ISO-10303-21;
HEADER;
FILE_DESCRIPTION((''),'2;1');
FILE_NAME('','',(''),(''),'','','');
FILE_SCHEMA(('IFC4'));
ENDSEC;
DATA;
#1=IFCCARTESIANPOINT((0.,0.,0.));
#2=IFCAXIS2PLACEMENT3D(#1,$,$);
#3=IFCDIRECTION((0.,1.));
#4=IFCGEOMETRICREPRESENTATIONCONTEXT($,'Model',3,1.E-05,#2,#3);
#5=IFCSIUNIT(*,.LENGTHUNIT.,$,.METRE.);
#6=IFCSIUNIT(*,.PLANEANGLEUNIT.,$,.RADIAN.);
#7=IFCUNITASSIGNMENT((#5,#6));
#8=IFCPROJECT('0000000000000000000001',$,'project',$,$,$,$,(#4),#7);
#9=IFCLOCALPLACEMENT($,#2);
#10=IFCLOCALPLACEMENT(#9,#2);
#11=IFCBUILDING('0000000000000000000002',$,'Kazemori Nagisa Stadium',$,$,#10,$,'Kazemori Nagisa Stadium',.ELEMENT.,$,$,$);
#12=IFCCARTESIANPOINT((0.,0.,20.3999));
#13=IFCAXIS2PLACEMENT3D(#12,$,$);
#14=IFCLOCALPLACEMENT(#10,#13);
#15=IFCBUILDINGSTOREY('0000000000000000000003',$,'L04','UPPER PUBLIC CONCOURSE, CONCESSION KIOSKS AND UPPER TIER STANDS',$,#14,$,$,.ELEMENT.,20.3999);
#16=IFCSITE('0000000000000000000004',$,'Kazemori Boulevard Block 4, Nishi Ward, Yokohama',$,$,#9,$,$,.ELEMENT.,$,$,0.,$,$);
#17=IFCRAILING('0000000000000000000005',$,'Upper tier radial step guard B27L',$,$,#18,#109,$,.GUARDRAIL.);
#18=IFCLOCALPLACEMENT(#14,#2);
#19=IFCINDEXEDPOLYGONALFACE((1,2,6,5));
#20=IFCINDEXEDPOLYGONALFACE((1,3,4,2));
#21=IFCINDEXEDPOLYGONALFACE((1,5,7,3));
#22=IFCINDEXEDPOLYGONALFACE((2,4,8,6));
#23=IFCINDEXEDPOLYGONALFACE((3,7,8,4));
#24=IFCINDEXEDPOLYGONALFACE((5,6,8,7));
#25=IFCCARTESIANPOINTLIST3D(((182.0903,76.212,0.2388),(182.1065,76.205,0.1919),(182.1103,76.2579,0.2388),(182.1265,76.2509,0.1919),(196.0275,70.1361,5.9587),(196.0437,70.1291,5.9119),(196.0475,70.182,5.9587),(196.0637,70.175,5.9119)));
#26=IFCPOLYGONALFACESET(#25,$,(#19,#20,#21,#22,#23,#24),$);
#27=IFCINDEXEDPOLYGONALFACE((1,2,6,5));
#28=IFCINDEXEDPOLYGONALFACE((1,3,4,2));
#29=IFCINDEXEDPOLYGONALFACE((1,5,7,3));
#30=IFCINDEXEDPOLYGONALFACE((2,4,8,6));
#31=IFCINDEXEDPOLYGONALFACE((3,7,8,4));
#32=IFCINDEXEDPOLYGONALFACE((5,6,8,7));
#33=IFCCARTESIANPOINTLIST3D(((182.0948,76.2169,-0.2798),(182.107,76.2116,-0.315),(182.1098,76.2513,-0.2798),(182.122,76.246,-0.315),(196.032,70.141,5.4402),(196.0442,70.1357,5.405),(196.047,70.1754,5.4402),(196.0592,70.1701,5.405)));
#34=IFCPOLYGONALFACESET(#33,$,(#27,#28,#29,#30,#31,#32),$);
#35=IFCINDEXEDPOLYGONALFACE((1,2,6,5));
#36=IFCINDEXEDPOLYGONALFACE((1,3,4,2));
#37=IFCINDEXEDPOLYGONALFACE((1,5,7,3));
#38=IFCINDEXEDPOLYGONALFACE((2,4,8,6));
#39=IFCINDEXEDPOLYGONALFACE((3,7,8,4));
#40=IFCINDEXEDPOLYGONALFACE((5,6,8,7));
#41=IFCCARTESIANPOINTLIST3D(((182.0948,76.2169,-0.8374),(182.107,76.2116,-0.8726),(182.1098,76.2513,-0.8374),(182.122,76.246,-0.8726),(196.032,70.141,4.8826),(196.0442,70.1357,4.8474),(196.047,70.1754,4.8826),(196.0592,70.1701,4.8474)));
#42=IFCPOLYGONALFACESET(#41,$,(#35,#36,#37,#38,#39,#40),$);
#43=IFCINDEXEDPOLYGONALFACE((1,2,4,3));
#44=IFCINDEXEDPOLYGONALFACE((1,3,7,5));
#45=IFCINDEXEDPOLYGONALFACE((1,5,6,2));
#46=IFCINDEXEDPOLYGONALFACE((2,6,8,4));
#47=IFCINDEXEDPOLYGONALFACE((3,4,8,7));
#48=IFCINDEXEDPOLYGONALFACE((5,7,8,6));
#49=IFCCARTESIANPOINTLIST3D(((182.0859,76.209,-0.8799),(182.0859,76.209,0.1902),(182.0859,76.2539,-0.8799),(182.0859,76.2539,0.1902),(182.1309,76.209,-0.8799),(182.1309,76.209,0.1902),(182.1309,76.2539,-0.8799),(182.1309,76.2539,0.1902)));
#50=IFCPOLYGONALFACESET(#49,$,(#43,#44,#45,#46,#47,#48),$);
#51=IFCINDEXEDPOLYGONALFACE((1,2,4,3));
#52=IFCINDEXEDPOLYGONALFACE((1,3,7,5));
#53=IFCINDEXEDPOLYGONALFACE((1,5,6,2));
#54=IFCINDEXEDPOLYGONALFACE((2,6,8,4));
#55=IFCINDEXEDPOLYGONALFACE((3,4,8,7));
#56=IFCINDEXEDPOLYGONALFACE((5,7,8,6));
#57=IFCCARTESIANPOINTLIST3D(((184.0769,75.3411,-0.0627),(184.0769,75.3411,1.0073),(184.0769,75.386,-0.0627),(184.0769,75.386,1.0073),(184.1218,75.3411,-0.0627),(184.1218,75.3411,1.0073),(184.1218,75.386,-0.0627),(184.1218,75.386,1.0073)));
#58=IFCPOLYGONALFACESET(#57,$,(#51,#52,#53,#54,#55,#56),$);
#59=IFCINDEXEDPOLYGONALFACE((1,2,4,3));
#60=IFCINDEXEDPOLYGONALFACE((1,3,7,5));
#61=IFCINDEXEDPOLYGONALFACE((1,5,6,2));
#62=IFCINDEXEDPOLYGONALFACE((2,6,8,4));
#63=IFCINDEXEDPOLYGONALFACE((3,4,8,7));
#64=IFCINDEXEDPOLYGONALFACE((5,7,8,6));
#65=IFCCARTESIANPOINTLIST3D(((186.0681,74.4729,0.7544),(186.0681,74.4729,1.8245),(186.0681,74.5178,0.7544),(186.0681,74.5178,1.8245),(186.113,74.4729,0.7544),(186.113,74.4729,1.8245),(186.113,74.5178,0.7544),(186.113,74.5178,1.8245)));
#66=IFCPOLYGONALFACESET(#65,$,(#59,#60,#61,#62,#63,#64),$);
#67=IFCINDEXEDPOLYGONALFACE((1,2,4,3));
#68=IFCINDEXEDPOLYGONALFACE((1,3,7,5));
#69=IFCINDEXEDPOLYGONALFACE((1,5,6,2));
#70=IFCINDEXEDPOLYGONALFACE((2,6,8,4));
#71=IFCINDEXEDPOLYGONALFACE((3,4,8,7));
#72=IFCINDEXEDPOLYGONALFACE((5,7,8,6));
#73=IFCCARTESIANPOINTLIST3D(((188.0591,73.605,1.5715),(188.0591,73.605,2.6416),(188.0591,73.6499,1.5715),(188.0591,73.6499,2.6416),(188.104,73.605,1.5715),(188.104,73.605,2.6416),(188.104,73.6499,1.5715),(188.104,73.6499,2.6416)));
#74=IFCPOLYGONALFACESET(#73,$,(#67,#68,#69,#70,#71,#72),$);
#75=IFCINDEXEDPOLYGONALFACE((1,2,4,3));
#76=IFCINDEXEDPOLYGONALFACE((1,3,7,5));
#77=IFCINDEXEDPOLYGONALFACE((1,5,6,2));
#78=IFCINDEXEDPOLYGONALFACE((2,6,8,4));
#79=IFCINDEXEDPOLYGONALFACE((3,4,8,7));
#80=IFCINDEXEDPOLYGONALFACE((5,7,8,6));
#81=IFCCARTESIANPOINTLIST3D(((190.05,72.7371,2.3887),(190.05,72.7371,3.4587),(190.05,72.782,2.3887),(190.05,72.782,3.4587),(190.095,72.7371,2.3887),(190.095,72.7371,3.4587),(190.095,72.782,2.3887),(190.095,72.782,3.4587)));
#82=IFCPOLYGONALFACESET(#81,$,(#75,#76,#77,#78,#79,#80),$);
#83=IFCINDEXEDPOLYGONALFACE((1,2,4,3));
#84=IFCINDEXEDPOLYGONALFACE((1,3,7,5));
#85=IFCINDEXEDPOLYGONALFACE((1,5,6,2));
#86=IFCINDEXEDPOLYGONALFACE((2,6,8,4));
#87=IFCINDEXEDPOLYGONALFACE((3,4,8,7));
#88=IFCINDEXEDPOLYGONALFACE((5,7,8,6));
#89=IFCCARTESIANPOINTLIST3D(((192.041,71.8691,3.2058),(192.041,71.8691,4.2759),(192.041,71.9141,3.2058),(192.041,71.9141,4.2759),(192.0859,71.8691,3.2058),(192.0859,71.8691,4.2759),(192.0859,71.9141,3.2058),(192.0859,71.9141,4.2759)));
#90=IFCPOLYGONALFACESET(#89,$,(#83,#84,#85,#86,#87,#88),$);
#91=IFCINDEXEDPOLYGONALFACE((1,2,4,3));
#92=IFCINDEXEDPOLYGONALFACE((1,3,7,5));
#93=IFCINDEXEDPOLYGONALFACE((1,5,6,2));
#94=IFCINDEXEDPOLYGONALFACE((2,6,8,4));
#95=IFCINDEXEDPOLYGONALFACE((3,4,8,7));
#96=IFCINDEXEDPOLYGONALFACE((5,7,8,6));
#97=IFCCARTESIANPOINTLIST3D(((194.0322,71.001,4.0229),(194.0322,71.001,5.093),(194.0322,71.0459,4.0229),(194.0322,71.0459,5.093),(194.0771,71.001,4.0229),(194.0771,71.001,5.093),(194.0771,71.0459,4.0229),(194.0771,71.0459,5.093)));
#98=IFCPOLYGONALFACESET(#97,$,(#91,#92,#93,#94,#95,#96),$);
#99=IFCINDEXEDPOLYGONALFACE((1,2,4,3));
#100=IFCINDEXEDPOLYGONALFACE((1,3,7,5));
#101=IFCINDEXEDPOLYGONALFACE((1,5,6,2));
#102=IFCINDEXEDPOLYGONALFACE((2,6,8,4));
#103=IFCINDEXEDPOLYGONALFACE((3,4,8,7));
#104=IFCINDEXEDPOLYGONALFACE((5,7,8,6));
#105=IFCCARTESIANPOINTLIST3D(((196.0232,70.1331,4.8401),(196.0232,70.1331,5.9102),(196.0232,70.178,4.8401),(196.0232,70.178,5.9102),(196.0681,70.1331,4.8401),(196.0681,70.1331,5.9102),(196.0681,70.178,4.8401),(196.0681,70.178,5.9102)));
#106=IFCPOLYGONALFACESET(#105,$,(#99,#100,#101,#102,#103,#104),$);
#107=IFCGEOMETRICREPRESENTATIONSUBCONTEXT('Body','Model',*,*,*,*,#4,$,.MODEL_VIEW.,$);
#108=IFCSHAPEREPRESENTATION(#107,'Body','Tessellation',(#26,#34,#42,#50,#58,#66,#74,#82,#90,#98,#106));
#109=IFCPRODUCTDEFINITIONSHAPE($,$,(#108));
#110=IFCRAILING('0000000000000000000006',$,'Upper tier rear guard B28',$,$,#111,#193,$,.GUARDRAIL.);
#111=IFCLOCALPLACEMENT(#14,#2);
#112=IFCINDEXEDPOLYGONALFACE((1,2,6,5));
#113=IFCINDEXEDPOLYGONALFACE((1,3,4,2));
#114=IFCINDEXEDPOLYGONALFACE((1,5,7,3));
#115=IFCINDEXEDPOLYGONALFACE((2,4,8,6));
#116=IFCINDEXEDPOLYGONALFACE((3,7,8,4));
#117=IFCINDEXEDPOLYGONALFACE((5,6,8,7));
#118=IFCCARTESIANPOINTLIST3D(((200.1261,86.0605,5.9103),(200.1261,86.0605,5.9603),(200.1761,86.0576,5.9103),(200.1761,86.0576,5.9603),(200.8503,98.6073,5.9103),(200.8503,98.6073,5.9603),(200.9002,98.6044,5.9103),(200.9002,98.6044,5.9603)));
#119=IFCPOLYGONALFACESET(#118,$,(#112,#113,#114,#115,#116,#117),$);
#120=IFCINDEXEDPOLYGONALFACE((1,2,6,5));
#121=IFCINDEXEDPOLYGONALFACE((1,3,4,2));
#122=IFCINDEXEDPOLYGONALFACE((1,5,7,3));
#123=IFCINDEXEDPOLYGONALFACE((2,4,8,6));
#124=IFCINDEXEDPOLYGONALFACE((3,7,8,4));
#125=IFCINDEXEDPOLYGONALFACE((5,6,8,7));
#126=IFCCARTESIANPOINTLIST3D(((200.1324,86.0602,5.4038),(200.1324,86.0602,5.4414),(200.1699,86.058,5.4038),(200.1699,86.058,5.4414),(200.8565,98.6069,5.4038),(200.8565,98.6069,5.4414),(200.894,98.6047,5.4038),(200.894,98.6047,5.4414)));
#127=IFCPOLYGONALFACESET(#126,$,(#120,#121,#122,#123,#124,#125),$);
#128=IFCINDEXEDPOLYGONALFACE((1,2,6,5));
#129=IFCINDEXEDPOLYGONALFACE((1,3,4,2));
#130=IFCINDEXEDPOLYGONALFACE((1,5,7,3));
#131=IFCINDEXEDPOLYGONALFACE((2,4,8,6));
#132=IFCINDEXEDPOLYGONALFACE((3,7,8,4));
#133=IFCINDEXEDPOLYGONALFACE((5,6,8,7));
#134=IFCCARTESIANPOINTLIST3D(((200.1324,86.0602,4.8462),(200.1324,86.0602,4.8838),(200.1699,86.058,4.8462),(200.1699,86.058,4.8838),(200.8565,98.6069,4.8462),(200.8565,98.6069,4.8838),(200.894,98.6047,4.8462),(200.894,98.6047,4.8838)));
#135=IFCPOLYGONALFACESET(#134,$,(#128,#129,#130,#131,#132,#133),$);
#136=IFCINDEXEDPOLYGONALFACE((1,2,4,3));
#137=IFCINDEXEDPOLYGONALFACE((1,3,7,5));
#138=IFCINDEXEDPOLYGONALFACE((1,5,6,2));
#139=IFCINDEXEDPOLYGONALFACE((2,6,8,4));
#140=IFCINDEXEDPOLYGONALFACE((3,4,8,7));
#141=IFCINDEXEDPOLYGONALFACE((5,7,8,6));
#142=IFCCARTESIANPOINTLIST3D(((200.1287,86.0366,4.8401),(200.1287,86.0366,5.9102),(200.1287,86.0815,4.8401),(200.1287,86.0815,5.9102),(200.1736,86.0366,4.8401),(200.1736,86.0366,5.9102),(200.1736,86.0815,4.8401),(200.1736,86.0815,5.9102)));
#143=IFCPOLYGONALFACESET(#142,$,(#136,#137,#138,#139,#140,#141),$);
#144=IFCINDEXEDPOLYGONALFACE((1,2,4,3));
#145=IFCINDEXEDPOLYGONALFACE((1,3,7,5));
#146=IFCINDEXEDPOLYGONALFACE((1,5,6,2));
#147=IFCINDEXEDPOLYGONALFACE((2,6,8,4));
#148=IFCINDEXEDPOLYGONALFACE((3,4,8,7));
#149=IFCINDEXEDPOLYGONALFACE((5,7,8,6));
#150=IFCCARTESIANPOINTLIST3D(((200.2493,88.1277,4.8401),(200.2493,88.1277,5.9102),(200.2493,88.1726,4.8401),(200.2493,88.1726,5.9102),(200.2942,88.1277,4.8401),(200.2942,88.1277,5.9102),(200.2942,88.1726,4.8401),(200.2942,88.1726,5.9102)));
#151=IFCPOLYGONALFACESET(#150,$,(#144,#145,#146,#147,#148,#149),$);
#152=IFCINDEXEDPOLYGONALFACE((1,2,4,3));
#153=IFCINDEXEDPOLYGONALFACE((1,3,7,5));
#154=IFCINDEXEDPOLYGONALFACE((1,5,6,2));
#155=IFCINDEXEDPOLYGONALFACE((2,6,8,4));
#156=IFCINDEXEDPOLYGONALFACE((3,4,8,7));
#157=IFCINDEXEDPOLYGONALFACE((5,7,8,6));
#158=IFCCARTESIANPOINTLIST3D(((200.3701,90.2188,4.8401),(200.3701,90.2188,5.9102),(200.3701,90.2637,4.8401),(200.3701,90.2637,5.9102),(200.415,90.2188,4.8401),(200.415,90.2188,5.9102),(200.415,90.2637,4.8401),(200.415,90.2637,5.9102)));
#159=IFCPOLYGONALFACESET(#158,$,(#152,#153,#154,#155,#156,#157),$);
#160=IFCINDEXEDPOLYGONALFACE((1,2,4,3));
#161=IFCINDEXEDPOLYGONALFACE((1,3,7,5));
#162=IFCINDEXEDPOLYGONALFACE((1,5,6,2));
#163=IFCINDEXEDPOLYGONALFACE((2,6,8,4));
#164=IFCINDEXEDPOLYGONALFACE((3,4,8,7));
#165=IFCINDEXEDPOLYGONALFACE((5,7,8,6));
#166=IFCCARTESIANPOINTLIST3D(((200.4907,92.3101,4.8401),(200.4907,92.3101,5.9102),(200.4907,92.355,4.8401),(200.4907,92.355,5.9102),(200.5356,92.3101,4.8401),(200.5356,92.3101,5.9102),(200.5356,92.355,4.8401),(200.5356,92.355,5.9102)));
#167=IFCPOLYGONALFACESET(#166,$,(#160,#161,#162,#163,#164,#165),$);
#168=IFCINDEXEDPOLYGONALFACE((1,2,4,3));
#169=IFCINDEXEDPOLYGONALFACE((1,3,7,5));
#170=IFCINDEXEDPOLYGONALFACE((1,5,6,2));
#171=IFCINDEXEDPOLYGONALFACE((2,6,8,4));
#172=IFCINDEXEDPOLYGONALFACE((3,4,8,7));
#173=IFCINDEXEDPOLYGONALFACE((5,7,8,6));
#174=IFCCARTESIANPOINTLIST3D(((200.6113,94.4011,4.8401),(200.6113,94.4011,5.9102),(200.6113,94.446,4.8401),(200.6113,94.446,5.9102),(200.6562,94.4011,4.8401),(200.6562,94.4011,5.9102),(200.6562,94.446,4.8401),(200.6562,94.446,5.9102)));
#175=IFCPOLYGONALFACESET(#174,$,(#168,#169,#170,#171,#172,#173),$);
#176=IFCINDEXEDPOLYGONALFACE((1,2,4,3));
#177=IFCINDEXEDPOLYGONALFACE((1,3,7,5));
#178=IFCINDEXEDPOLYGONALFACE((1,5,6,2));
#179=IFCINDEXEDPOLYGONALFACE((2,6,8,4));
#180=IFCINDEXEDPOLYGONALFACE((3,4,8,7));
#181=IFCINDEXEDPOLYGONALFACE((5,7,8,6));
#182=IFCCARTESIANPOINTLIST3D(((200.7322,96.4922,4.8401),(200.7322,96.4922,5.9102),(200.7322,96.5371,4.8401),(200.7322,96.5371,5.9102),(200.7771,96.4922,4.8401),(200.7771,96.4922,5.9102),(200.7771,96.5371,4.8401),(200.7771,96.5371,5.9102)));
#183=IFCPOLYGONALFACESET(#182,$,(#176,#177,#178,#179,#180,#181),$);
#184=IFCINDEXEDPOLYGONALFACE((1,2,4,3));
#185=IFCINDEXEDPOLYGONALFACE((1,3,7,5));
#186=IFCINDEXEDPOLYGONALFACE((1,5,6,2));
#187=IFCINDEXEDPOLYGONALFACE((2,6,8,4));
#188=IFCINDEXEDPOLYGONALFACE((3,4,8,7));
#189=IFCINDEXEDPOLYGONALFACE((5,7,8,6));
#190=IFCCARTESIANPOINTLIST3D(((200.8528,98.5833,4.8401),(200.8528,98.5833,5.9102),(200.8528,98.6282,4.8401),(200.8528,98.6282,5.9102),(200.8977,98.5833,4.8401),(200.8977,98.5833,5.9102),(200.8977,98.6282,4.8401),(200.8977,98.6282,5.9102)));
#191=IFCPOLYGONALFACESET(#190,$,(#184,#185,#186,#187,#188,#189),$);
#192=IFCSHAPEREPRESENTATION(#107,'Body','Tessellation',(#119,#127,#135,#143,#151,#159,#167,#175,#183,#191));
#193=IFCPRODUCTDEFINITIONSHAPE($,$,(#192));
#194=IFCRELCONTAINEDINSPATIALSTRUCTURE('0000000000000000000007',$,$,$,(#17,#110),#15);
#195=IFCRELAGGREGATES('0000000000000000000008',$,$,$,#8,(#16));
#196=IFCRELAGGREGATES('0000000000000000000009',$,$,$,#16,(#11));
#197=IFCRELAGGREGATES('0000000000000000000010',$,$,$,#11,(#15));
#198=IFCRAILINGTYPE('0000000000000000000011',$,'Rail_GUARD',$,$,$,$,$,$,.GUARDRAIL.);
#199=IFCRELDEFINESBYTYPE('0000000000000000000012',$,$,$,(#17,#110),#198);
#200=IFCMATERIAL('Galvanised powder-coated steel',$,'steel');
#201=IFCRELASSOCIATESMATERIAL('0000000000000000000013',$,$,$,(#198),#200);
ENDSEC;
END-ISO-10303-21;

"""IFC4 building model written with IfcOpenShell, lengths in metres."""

from ifc_helpers import new_model, si_unit, direction, frame, origin, origin_2d, place, context, subcontext, project, spatial, rectangle, extrude, material, type_object, element, save


model = new_model("IFC4")

# Units and contexts
model_context = context("Model", 3, precision=1e-05, world=origin(), true_north=direction((0.0, 1.0)))
body_context = subcontext(model_context, "Body", "Model", "MODEL_VIEW")
ifc_project = project(units=[si_unit("LENGTHUNIT", "METRE"), si_unit("PLANEANGLEUNIT", "RADIAN")], contexts=[model_context])

# Site, building, storey
site_placement = place(None, origin())
site = spatial("IfcSite", under=ifc_project, at=site_placement, Name="Kazemori Boulevard Block 4, Nishi Ward, Yokohama", CompositionType="ELEMENT", RefElevation=0.0)
building_placement = place(site_placement, origin())
building = spatial("IfcBuilding", under=site, at=building_placement, Name="Kazemori Nagisa Stadium", LongName="Kazemori Nagisa Stadium", CompositionType="ELEMENT")
storey_placement = place(building_placement, frame((0.0, 0.0, 20.3999)))
storey = spatial("IfcBuildingStorey", under=building, at=storey_placement, Name="L04", Description="UPPER PUBLIC CONCOURSE, CONCESSION KIOSKS AND UPPER TIER STANDS", CompositionType="ELEMENT", Elevation=20.3999)

# Railings
ifc_material_1 = material(Name="Galvanised powder-coated steel", Category="steel")
railing_type_1 = type_object("IfcRailingType", Name="Rail_GUARD", PredefinedType="GUARDRAIL", material=ifc_material_1)
railing_1_placement = place(storey_placement, frame((182.1084, 76.2314, -0.8799)))
element("IfcRailing", 1, at=railing_1_placement, inside=storey, type_object=railing_type_1, Name="Upper tier radial step guard B27L", PredefinedType="GUARDRAIL", context=body_context, shape_type="SweptSolid", body=[
    extrude(rectangle(XDim=0.05, YDim=0.05, at=origin_2d()), frame((0.0, 0.0, 1.0952), z_axis=(0.85797, -0.374031, 0.352119), x_axis=(0.399625, 0.916679, 0.0)), (0.0, 0.0, 1.0), 16.2444),
    extrude(rectangle(XDim=0.0376, YDim=0.0376, at=origin_2d()), frame((0.0, 0.0, 0.5825), z_axis=(0.85797, -0.374031, 0.352119), x_axis=(0.399625, 0.916679, 0.0)), (0.0, 0.0, 1.0), 16.2444),
    extrude(rectangle(XDim=0.0376, YDim=0.0376, at=origin_2d()), frame((0.0, 0.0, 0.0249), z_axis=(0.85797, -0.374031, 0.352119), x_axis=(0.399625, 0.916679, 0.0)), (0.0, 0.0, 1.0), 16.2444),
    extrude(rectangle(XDim=0.0449, YDim=0.0449, at=origin_2d()), origin(), (0.0, 0.0, 1.0), 1.0701),
    extrude(rectangle(XDim=0.0449, YDim=0.0449, at=origin_2d()), frame((1.991, -0.8679, 0.8171)), (0.0, 0.0, 1.0), 1.0701),
    extrude(rectangle(XDim=0.0449, YDim=0.0449, at=origin_2d()), frame((3.9822, -1.7361, 1.6343)), (0.0, 0.0, 1.0), 1.0701),
    extrude(rectangle(XDim=0.0449, YDim=0.0449, at=origin_2d()), frame((5.9731, -2.604, 2.4514)), (0.0, 0.0, 1.0), 1.0701),
    extrude(rectangle(XDim=0.0449, YDim=0.0449, at=origin_2d()), frame((7.9641, -3.4719, 3.2686)), (0.0, 0.0, 1.0), 1.0701),
    extrude(rectangle(XDim=0.0449, YDim=0.0449, at=origin_2d()), frame((9.9551, -4.3398, 4.0857)), (0.0, 0.0, 1.0), 1.0701),
    extrude(rectangle(XDim=0.0449, YDim=0.0449, at=origin_2d()), frame((11.9463, -5.208, 4.9028)), (0.0, 0.0, 1.0), 1.0701),
    extrude(rectangle(XDim=0.0449, YDim=0.0449, at=origin_2d()), frame((13.9373, -6.0759, 5.72)), (0.0, 0.0, 1.0), 1.0701),
])
railing_2_placement = place(storey_placement, frame((200.1511, 86.0591, 4.8401)))
element("IfcRailing", 2, at=railing_2_placement, inside=storey, type_object=railing_type_1, Name="Upper tier rear guard B28", PredefinedType="GUARDRAIL", context=body_context, shape_type="SweptSolid", body=[
    extrude(rectangle(XDim=0.05, YDim=0.05, at=origin_2d()), frame((0.0, 0.0, 1.0952), z_axis=(0.057619, 0.998339, 0.0), x_axis=(-0.998339, 0.057619, 0.0)), (0.0, 0.0, 1.0), 12.5676),
    extrude(rectangle(XDim=0.0376, YDim=0.0376, at=origin_2d()), frame((0.0, 0.0, 0.5825), z_axis=(0.057619, 0.998339, 0.0), x_axis=(-0.998339, 0.057619, 0.0)), (0.0, 0.0, 1.0), 12.5676),
    extrude(rectangle(XDim=0.0376, YDim=0.0376, at=origin_2d()), frame((0.0, 0.0, 0.0249), z_axis=(0.057619, 0.998339, 0.0), x_axis=(-0.998339, 0.057619, 0.0)), (0.0, 0.0, 1.0), 12.5676),
    extrude(rectangle(XDim=0.0449, YDim=0.0449, at=origin_2d()), origin(), (0.0, 0.0, 1.0), 1.0701),
    extrude(rectangle(XDim=0.0449, YDim=0.0449, at=origin_2d()), frame((0.1206, 2.0911, 0.0)), (0.0, 0.0, 1.0), 1.0701),
    extrude(rectangle(XDim=0.0449, YDim=0.0449, at=origin_2d()), frame((0.2415, 4.1821, 0.0)), (0.0, 0.0, 1.0), 1.0701),
    extrude(rectangle(XDim=0.0449, YDim=0.0449, at=origin_2d()), frame((0.3621, 6.2734, 0.0)), (0.0, 0.0, 1.0), 1.0701),
    extrude(rectangle(XDim=0.0449, YDim=0.0449, at=origin_2d()), frame((0.4827, 8.3645, 0.0)), (0.0, 0.0, 1.0), 1.0701),
    extrude(rectangle(XDim=0.0449, YDim=0.0449, at=origin_2d()), frame((0.6035, 10.4556, 0.0)), (0.0, 0.0, 1.0), 1.0701),
    extrude(rectangle(XDim=0.0449, YDim=0.0449, at=origin_2d()), frame((0.7241, 12.5466, 0.0)), (0.0, 0.0, 1.0), 1.0701),
])

save(model, "model.ifc")
